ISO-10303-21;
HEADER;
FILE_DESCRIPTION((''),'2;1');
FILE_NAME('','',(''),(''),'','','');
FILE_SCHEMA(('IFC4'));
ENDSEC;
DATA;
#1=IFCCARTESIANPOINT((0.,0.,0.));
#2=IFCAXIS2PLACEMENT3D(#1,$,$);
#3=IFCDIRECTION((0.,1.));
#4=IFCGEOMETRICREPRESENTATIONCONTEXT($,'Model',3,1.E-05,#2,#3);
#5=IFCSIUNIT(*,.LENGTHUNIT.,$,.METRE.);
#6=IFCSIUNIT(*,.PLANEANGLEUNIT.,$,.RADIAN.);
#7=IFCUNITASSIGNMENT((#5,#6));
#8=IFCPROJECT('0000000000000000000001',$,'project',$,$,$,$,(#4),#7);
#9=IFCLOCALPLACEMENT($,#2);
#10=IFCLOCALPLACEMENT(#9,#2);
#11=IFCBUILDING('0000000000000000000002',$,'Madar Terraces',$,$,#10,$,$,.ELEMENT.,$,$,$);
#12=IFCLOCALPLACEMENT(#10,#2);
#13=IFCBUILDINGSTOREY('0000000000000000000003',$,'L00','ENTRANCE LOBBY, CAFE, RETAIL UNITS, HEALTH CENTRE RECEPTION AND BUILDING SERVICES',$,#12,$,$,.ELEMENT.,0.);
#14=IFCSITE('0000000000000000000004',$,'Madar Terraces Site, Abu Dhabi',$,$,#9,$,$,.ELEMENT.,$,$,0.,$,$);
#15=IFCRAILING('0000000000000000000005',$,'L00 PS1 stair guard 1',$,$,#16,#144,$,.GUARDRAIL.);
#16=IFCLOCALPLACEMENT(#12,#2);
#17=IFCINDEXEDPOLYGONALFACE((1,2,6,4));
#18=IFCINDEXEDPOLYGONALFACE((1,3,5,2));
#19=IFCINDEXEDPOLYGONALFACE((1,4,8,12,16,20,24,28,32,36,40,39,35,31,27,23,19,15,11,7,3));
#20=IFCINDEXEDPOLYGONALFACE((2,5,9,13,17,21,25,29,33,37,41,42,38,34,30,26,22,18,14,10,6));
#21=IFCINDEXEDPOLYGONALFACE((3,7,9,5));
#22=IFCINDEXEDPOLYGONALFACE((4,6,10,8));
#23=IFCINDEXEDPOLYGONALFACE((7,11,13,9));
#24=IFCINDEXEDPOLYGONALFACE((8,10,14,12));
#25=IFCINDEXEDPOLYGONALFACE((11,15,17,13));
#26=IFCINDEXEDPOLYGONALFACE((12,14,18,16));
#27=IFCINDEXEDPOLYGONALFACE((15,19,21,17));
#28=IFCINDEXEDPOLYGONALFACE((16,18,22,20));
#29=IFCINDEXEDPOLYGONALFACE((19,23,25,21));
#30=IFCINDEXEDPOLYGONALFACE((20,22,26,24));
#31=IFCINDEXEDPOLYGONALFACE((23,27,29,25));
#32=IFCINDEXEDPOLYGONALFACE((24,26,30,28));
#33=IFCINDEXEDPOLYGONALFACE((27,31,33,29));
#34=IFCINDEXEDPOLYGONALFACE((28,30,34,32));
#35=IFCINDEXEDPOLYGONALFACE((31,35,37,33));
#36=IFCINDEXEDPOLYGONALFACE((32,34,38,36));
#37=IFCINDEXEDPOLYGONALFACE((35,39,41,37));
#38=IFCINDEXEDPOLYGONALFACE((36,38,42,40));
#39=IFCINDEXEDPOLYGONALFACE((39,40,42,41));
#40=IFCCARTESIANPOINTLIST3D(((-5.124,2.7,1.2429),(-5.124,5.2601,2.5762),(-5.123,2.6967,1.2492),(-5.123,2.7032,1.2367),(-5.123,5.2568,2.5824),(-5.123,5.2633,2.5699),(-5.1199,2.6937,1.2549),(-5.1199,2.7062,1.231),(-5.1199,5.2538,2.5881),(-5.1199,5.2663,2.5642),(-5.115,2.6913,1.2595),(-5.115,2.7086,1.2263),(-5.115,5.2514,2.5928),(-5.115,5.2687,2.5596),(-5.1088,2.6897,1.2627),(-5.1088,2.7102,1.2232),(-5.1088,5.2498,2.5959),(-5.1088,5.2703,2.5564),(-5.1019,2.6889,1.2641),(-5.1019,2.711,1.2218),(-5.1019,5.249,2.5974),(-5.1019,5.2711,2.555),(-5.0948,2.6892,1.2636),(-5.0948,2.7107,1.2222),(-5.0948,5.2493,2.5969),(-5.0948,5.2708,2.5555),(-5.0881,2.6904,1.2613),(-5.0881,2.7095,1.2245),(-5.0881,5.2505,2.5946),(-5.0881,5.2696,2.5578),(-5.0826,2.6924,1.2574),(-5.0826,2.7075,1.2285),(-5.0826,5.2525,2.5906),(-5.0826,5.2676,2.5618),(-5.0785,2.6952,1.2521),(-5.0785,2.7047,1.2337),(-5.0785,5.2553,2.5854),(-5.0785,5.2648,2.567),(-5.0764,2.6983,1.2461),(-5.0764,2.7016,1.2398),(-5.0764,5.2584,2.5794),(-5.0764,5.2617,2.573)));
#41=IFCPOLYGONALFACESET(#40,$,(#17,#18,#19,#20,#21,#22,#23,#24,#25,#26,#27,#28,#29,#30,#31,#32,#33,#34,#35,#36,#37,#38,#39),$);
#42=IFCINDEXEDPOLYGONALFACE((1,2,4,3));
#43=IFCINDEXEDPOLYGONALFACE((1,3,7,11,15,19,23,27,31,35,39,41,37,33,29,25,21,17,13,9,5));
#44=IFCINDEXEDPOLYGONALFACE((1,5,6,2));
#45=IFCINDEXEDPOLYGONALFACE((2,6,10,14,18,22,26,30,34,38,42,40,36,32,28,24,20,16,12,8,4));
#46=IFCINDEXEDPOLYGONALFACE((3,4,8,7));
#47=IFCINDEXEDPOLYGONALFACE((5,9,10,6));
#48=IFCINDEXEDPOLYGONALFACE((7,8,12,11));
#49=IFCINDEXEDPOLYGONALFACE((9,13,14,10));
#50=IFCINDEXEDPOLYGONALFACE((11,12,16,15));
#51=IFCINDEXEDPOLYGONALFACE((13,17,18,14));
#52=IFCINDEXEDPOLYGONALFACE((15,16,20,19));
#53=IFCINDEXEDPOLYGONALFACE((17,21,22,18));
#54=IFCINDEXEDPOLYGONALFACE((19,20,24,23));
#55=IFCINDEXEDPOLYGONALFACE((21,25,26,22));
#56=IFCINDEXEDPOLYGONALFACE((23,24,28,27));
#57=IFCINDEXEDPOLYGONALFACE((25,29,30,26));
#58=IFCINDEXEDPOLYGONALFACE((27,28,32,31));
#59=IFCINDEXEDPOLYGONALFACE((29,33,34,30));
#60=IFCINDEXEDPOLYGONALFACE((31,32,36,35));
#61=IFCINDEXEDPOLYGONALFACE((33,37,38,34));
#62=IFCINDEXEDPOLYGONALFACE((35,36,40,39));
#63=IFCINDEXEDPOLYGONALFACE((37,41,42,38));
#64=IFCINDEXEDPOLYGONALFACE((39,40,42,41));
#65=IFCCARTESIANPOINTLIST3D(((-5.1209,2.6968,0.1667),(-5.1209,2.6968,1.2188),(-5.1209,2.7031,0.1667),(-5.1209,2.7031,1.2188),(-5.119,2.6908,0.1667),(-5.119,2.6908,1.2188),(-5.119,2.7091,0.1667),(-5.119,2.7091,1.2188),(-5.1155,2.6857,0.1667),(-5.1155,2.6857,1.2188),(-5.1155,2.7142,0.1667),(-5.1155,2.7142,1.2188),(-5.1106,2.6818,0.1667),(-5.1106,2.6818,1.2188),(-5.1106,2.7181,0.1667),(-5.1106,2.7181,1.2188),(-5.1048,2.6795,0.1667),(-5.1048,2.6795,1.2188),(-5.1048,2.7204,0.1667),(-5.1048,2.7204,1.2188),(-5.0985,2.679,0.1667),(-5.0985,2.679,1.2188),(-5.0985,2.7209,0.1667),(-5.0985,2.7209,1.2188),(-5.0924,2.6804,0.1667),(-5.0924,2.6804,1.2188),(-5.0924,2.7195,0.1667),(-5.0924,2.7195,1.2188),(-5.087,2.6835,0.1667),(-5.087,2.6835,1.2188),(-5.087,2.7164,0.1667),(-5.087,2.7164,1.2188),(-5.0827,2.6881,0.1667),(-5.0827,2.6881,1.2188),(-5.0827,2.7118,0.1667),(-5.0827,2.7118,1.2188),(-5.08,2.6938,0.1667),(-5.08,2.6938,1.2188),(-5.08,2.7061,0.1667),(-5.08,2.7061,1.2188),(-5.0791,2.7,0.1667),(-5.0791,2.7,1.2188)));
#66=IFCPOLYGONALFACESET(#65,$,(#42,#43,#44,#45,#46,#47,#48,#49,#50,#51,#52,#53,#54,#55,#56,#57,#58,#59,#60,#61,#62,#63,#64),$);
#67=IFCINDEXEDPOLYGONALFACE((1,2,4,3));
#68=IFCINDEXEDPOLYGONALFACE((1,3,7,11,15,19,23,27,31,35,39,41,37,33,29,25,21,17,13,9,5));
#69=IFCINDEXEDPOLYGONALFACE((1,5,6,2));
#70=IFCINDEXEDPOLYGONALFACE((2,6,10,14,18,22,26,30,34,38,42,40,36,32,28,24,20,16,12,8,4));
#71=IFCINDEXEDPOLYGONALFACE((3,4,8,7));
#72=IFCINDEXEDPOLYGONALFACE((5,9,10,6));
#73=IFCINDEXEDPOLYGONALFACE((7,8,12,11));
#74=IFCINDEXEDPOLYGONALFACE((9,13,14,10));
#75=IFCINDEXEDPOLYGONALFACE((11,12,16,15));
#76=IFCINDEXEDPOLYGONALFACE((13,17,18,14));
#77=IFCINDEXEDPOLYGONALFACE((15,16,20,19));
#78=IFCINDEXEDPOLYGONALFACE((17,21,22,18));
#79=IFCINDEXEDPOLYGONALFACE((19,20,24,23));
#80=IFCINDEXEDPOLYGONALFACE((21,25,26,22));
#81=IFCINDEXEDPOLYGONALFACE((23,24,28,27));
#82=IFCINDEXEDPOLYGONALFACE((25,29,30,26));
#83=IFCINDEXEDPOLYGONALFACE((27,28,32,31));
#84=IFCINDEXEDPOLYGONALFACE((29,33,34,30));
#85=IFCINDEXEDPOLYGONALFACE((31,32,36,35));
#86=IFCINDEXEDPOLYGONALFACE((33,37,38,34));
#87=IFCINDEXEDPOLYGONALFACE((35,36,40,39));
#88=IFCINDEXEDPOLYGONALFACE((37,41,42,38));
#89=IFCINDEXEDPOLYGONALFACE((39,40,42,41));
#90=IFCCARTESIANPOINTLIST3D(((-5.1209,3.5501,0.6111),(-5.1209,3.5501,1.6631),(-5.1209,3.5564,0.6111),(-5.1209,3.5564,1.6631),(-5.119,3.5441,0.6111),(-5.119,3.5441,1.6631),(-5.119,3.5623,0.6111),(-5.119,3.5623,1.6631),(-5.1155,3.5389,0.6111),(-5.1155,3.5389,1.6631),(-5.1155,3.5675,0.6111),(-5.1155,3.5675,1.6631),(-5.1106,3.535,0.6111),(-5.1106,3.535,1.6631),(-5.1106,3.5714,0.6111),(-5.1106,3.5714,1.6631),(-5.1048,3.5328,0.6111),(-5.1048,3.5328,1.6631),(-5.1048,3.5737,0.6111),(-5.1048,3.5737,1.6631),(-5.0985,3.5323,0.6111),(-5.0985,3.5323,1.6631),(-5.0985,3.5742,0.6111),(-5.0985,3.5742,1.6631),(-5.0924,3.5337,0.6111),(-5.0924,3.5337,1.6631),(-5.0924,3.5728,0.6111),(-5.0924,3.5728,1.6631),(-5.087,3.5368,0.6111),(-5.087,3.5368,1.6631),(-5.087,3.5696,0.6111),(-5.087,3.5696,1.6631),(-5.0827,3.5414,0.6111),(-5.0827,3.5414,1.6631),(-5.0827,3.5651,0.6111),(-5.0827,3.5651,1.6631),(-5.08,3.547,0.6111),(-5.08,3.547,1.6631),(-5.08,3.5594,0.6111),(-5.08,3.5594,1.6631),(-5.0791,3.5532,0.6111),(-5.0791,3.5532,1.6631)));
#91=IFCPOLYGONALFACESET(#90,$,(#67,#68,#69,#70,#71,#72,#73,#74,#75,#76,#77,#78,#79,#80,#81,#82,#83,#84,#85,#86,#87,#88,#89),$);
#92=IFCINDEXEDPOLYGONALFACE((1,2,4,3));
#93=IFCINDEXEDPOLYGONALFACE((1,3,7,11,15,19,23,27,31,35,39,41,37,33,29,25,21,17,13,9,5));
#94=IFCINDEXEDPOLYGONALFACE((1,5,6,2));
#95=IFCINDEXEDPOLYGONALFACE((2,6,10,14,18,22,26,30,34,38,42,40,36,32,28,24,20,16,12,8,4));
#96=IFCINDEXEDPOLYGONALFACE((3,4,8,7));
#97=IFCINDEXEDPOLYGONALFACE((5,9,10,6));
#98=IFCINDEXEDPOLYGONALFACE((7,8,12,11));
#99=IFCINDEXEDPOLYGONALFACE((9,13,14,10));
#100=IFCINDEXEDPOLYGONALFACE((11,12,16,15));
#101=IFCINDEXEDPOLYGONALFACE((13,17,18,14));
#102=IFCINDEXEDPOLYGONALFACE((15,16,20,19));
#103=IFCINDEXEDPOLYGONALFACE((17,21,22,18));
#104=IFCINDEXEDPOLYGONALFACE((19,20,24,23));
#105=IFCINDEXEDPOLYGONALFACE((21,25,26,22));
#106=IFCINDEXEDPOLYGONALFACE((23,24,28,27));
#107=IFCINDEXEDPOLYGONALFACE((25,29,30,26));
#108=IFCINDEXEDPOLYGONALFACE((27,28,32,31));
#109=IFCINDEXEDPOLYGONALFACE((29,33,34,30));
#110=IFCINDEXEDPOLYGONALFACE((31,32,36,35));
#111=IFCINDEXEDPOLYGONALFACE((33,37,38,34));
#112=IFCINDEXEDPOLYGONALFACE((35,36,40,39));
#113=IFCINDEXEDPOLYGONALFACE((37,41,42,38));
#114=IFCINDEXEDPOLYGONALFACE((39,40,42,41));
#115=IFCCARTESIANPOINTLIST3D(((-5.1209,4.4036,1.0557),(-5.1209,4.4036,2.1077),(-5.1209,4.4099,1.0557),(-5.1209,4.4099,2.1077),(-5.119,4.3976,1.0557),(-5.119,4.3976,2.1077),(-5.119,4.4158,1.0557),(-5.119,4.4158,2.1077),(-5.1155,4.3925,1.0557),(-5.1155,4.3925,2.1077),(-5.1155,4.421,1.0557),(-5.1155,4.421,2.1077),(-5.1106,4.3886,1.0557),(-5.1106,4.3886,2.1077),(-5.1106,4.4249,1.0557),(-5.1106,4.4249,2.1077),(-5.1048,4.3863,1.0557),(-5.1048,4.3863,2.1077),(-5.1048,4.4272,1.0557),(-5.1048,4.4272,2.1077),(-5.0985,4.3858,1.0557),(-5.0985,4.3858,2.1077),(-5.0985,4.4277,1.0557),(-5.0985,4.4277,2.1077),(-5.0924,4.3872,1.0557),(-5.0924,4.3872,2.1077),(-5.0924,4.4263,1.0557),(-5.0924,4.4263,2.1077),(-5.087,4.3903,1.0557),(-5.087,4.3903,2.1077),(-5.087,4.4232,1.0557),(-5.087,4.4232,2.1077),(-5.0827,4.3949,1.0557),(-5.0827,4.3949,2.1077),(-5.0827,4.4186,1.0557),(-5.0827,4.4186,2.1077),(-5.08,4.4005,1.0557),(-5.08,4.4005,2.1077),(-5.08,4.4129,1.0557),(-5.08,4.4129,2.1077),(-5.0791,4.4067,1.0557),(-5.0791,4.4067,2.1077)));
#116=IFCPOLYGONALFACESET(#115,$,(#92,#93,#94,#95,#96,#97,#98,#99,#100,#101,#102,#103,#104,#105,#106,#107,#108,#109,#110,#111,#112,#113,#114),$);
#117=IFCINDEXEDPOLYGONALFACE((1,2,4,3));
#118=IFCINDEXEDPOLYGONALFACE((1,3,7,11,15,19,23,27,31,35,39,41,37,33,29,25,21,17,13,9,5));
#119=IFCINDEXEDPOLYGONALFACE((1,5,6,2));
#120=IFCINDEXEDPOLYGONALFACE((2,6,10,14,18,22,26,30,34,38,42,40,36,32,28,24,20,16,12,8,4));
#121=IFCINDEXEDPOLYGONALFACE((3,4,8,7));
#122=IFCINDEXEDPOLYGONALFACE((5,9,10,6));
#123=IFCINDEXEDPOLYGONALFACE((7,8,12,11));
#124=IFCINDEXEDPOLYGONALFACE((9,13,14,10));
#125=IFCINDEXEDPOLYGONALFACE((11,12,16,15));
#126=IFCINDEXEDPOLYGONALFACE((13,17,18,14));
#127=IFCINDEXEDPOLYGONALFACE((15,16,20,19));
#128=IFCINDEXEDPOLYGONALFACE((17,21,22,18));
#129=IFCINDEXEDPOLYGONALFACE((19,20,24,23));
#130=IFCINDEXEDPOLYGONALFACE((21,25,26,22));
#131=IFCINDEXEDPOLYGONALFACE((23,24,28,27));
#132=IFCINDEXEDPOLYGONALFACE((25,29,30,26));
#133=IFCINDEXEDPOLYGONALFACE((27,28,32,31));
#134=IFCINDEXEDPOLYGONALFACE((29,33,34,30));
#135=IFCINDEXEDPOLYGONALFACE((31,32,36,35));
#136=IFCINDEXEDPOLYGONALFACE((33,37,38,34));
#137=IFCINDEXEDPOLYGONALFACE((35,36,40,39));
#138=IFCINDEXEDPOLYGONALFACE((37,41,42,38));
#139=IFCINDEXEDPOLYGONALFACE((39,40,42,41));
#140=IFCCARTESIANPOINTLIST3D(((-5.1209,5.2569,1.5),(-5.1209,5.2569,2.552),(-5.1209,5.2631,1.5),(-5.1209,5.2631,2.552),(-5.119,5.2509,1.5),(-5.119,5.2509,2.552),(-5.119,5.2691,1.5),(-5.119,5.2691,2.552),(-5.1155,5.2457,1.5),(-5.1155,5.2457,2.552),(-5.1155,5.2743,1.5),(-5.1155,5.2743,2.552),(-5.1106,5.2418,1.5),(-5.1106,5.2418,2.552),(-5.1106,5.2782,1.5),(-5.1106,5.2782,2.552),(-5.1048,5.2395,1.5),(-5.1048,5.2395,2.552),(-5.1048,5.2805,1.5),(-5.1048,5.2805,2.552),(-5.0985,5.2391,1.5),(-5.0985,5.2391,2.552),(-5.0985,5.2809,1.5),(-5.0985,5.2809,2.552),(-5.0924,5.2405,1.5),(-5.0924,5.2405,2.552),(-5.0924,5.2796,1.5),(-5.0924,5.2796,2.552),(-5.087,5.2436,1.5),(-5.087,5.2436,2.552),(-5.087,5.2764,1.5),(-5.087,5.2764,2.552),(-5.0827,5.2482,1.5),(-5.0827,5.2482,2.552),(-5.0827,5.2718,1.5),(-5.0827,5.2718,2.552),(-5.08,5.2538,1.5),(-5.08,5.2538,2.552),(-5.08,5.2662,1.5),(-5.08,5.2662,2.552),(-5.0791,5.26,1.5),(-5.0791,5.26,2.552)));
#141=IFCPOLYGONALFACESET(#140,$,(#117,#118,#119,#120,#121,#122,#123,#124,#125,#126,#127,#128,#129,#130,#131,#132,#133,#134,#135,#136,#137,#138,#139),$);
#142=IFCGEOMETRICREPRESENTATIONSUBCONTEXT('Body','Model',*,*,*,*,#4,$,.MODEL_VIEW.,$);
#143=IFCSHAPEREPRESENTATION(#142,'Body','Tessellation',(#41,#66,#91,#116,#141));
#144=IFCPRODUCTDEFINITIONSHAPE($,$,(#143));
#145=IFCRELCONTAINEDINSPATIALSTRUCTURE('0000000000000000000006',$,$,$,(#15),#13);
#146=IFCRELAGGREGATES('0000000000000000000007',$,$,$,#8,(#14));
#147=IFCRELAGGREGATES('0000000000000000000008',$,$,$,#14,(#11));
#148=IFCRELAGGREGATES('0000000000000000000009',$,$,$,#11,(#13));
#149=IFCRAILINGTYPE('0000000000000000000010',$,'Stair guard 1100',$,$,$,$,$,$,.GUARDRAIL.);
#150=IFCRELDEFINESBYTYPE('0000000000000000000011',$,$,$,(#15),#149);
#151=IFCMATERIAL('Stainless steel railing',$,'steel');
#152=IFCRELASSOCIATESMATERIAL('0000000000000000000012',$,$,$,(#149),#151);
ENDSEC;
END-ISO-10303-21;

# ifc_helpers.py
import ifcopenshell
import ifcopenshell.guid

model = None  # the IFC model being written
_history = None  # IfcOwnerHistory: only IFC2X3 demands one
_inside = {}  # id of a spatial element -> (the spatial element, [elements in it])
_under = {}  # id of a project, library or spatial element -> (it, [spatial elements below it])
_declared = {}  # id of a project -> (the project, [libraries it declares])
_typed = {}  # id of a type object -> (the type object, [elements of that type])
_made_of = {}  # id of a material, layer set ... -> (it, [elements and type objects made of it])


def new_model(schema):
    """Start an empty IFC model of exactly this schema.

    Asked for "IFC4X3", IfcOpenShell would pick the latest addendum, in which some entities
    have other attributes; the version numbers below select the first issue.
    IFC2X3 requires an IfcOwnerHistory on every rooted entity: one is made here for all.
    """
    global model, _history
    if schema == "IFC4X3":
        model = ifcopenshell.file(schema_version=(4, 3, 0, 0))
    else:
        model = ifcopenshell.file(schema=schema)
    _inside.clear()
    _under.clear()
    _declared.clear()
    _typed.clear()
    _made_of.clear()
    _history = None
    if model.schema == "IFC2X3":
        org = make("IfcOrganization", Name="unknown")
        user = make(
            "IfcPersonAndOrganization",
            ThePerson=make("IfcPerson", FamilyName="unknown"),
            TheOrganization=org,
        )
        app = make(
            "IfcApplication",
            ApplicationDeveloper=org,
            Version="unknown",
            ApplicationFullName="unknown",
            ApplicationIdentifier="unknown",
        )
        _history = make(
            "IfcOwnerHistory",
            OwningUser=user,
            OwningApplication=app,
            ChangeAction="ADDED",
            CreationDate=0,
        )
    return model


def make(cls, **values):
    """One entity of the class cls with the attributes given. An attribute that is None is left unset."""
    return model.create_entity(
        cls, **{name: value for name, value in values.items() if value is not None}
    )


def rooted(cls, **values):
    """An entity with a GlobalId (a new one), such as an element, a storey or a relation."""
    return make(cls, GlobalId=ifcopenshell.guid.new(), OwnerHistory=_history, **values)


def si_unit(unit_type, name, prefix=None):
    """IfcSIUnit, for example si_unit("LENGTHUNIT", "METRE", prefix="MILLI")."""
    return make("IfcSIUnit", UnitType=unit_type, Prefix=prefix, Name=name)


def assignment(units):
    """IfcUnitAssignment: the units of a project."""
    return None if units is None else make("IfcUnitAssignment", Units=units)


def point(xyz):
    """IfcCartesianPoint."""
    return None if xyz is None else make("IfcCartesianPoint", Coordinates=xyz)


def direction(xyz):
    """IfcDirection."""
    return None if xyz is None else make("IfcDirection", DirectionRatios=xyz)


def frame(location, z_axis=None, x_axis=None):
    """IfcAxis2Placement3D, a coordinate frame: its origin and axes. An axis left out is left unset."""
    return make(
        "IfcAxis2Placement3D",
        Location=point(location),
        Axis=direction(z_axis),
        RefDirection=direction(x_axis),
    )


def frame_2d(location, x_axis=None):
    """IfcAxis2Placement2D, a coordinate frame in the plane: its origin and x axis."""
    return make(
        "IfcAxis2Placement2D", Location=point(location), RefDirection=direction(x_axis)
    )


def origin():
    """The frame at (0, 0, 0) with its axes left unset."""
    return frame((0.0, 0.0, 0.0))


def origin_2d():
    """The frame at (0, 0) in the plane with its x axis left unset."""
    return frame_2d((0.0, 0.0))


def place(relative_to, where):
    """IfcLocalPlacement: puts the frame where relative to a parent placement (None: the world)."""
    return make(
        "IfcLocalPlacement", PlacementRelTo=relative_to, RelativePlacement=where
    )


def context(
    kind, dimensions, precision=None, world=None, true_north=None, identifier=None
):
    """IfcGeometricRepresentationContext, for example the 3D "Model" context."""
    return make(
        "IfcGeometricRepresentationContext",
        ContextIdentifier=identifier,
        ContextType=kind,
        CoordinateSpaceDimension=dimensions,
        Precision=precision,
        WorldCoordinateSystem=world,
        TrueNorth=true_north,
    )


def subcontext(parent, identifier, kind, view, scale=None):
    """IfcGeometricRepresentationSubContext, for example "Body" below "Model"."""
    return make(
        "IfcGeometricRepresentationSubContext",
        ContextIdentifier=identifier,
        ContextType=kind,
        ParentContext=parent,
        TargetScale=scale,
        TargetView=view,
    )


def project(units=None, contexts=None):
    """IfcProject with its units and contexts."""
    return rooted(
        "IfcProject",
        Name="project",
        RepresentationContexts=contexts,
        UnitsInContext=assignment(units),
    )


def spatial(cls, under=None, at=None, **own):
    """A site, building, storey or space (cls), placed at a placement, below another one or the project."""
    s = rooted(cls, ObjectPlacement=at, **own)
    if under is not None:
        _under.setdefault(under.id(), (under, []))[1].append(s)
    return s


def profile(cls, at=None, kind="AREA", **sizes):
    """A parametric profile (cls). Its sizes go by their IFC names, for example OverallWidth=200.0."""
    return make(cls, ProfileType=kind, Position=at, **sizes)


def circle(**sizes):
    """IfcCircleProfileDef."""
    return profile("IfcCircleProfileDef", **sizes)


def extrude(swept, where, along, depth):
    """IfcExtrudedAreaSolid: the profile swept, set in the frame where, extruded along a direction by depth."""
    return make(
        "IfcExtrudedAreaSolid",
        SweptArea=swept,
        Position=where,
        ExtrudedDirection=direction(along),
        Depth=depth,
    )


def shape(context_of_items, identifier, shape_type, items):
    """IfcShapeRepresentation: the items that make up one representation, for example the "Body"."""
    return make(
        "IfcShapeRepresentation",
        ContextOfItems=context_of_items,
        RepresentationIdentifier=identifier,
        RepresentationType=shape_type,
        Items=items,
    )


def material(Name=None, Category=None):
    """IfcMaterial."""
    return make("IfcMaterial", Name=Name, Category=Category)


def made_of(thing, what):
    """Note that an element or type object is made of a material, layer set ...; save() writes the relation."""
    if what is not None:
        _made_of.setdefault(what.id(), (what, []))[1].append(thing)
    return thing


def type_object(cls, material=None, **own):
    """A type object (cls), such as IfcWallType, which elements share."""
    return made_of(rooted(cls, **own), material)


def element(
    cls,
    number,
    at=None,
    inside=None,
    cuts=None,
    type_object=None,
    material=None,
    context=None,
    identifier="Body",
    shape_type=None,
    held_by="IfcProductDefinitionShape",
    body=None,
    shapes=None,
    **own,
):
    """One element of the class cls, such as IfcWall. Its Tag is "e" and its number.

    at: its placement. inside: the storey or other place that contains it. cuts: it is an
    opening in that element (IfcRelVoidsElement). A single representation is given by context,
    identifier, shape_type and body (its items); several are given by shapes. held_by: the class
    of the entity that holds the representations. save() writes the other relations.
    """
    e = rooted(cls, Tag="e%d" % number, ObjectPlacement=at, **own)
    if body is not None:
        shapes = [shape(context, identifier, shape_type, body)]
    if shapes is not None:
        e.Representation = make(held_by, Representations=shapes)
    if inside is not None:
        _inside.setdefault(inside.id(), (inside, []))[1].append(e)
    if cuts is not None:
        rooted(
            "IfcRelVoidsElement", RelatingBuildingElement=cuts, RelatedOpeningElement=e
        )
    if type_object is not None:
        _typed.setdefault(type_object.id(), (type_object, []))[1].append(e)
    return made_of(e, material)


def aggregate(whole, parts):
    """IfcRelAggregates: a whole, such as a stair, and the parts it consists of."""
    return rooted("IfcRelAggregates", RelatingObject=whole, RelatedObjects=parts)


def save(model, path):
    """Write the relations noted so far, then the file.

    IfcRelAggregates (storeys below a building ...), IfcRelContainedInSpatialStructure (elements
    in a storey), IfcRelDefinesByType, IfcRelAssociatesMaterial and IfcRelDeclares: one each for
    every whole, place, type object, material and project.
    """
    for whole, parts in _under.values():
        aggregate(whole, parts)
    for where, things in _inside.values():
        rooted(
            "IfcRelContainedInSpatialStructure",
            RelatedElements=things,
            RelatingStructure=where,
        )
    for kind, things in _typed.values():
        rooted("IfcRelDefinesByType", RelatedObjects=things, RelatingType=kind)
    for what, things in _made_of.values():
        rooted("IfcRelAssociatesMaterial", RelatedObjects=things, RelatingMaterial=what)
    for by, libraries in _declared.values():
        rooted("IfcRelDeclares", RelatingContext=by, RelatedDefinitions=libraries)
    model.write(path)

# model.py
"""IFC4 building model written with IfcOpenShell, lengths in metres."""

from ifc_helpers import new_model, si_unit, direction, frame, origin, origin_2d, place, context, subcontext, project, spatial, circle, extrude, material, type_object, element, save


model = new_model("IFC4")

# Units and contexts
model_context = context("Model", 3, precision=1e-05, world=origin(), true_north=direction((0.0, 1.0)))
body_context = subcontext(model_context, "Body", "Model", "MODEL_VIEW")
ifc_project = project(units=[si_unit("LENGTHUNIT", "METRE"), si_unit("PLANEANGLEUNIT", "RADIAN")], contexts=[model_context])

# Site, building, storey
site_placement = place(None, origin())
site = spatial("IfcSite", under=ifc_project, at=site_placement, Name="Madar Terraces Site, Abu Dhabi", CompositionType="ELEMENT", RefElevation=0.0)
building_placement = place(site_placement, origin())
building = spatial("IfcBuilding", under=site, at=building_placement, Name="Madar Terraces", CompositionType="ELEMENT")
storey_placement = place(building_placement, origin())
storey = spatial("IfcBuildingStorey", under=building, at=storey_placement, Name="L00", Description="ENTRANCE LOBBY, CAFE, RETAIL UNITS, HEALTH CENTRE RECEPTION AND BUILDING SERVICES", CompositionType="ELEMENT", Elevation=0.0)

# Railing
ifc_material_1 = material(Name="Stainless steel railing", Category="steel")
railing_type_1 = type_object("IfcRailingType", Name="Stair guard 1100", PredefinedType="GUARDRAIL", material=ifc_material_1)
railing_1_placement = place(storey_placement, frame((-5.1001, 2.7, 0.1667)))
element("IfcRailing", 1, at=railing_1_placement, inside=storey, type_object=railing_type_1, Name="L00 PS1 stair guard 1", PredefinedType="GUARDRAIL", context=body_context, shape_type="SweptSolid", body=[
    extrude(circle(Radius=0.0239, at=origin_2d()), frame((0.0, 0.0, 1.0762), z_axis=(0.0, 0.88693, 0.461904), x_axis=(-1.0, 0.0, 0.0)), (0.0, 0.0, 1.0), 2.8865),
    extrude(circle(Radius=0.021, at=origin_2d()), origin(), (0.0, 0.0, 1.0), 1.052),
    extrude(circle(Radius=0.021, at=origin_2d()), frame((0.0, 0.8533, 0.4443)), (0.0, 0.0, 1.0), 1.052),
    extrude(circle(Radius=0.021, at=origin_2d()), frame((0.0, 1.7068, 0.8889)), (0.0, 0.0, 1.0), 1.052),
    extrude(circle(Radius=0.021, at=origin_2d()), frame((0.0, 2.5601, 1.3333)), (0.0, 0.0, 1.0), 1.052),
])

save(model, "model.ifc")
